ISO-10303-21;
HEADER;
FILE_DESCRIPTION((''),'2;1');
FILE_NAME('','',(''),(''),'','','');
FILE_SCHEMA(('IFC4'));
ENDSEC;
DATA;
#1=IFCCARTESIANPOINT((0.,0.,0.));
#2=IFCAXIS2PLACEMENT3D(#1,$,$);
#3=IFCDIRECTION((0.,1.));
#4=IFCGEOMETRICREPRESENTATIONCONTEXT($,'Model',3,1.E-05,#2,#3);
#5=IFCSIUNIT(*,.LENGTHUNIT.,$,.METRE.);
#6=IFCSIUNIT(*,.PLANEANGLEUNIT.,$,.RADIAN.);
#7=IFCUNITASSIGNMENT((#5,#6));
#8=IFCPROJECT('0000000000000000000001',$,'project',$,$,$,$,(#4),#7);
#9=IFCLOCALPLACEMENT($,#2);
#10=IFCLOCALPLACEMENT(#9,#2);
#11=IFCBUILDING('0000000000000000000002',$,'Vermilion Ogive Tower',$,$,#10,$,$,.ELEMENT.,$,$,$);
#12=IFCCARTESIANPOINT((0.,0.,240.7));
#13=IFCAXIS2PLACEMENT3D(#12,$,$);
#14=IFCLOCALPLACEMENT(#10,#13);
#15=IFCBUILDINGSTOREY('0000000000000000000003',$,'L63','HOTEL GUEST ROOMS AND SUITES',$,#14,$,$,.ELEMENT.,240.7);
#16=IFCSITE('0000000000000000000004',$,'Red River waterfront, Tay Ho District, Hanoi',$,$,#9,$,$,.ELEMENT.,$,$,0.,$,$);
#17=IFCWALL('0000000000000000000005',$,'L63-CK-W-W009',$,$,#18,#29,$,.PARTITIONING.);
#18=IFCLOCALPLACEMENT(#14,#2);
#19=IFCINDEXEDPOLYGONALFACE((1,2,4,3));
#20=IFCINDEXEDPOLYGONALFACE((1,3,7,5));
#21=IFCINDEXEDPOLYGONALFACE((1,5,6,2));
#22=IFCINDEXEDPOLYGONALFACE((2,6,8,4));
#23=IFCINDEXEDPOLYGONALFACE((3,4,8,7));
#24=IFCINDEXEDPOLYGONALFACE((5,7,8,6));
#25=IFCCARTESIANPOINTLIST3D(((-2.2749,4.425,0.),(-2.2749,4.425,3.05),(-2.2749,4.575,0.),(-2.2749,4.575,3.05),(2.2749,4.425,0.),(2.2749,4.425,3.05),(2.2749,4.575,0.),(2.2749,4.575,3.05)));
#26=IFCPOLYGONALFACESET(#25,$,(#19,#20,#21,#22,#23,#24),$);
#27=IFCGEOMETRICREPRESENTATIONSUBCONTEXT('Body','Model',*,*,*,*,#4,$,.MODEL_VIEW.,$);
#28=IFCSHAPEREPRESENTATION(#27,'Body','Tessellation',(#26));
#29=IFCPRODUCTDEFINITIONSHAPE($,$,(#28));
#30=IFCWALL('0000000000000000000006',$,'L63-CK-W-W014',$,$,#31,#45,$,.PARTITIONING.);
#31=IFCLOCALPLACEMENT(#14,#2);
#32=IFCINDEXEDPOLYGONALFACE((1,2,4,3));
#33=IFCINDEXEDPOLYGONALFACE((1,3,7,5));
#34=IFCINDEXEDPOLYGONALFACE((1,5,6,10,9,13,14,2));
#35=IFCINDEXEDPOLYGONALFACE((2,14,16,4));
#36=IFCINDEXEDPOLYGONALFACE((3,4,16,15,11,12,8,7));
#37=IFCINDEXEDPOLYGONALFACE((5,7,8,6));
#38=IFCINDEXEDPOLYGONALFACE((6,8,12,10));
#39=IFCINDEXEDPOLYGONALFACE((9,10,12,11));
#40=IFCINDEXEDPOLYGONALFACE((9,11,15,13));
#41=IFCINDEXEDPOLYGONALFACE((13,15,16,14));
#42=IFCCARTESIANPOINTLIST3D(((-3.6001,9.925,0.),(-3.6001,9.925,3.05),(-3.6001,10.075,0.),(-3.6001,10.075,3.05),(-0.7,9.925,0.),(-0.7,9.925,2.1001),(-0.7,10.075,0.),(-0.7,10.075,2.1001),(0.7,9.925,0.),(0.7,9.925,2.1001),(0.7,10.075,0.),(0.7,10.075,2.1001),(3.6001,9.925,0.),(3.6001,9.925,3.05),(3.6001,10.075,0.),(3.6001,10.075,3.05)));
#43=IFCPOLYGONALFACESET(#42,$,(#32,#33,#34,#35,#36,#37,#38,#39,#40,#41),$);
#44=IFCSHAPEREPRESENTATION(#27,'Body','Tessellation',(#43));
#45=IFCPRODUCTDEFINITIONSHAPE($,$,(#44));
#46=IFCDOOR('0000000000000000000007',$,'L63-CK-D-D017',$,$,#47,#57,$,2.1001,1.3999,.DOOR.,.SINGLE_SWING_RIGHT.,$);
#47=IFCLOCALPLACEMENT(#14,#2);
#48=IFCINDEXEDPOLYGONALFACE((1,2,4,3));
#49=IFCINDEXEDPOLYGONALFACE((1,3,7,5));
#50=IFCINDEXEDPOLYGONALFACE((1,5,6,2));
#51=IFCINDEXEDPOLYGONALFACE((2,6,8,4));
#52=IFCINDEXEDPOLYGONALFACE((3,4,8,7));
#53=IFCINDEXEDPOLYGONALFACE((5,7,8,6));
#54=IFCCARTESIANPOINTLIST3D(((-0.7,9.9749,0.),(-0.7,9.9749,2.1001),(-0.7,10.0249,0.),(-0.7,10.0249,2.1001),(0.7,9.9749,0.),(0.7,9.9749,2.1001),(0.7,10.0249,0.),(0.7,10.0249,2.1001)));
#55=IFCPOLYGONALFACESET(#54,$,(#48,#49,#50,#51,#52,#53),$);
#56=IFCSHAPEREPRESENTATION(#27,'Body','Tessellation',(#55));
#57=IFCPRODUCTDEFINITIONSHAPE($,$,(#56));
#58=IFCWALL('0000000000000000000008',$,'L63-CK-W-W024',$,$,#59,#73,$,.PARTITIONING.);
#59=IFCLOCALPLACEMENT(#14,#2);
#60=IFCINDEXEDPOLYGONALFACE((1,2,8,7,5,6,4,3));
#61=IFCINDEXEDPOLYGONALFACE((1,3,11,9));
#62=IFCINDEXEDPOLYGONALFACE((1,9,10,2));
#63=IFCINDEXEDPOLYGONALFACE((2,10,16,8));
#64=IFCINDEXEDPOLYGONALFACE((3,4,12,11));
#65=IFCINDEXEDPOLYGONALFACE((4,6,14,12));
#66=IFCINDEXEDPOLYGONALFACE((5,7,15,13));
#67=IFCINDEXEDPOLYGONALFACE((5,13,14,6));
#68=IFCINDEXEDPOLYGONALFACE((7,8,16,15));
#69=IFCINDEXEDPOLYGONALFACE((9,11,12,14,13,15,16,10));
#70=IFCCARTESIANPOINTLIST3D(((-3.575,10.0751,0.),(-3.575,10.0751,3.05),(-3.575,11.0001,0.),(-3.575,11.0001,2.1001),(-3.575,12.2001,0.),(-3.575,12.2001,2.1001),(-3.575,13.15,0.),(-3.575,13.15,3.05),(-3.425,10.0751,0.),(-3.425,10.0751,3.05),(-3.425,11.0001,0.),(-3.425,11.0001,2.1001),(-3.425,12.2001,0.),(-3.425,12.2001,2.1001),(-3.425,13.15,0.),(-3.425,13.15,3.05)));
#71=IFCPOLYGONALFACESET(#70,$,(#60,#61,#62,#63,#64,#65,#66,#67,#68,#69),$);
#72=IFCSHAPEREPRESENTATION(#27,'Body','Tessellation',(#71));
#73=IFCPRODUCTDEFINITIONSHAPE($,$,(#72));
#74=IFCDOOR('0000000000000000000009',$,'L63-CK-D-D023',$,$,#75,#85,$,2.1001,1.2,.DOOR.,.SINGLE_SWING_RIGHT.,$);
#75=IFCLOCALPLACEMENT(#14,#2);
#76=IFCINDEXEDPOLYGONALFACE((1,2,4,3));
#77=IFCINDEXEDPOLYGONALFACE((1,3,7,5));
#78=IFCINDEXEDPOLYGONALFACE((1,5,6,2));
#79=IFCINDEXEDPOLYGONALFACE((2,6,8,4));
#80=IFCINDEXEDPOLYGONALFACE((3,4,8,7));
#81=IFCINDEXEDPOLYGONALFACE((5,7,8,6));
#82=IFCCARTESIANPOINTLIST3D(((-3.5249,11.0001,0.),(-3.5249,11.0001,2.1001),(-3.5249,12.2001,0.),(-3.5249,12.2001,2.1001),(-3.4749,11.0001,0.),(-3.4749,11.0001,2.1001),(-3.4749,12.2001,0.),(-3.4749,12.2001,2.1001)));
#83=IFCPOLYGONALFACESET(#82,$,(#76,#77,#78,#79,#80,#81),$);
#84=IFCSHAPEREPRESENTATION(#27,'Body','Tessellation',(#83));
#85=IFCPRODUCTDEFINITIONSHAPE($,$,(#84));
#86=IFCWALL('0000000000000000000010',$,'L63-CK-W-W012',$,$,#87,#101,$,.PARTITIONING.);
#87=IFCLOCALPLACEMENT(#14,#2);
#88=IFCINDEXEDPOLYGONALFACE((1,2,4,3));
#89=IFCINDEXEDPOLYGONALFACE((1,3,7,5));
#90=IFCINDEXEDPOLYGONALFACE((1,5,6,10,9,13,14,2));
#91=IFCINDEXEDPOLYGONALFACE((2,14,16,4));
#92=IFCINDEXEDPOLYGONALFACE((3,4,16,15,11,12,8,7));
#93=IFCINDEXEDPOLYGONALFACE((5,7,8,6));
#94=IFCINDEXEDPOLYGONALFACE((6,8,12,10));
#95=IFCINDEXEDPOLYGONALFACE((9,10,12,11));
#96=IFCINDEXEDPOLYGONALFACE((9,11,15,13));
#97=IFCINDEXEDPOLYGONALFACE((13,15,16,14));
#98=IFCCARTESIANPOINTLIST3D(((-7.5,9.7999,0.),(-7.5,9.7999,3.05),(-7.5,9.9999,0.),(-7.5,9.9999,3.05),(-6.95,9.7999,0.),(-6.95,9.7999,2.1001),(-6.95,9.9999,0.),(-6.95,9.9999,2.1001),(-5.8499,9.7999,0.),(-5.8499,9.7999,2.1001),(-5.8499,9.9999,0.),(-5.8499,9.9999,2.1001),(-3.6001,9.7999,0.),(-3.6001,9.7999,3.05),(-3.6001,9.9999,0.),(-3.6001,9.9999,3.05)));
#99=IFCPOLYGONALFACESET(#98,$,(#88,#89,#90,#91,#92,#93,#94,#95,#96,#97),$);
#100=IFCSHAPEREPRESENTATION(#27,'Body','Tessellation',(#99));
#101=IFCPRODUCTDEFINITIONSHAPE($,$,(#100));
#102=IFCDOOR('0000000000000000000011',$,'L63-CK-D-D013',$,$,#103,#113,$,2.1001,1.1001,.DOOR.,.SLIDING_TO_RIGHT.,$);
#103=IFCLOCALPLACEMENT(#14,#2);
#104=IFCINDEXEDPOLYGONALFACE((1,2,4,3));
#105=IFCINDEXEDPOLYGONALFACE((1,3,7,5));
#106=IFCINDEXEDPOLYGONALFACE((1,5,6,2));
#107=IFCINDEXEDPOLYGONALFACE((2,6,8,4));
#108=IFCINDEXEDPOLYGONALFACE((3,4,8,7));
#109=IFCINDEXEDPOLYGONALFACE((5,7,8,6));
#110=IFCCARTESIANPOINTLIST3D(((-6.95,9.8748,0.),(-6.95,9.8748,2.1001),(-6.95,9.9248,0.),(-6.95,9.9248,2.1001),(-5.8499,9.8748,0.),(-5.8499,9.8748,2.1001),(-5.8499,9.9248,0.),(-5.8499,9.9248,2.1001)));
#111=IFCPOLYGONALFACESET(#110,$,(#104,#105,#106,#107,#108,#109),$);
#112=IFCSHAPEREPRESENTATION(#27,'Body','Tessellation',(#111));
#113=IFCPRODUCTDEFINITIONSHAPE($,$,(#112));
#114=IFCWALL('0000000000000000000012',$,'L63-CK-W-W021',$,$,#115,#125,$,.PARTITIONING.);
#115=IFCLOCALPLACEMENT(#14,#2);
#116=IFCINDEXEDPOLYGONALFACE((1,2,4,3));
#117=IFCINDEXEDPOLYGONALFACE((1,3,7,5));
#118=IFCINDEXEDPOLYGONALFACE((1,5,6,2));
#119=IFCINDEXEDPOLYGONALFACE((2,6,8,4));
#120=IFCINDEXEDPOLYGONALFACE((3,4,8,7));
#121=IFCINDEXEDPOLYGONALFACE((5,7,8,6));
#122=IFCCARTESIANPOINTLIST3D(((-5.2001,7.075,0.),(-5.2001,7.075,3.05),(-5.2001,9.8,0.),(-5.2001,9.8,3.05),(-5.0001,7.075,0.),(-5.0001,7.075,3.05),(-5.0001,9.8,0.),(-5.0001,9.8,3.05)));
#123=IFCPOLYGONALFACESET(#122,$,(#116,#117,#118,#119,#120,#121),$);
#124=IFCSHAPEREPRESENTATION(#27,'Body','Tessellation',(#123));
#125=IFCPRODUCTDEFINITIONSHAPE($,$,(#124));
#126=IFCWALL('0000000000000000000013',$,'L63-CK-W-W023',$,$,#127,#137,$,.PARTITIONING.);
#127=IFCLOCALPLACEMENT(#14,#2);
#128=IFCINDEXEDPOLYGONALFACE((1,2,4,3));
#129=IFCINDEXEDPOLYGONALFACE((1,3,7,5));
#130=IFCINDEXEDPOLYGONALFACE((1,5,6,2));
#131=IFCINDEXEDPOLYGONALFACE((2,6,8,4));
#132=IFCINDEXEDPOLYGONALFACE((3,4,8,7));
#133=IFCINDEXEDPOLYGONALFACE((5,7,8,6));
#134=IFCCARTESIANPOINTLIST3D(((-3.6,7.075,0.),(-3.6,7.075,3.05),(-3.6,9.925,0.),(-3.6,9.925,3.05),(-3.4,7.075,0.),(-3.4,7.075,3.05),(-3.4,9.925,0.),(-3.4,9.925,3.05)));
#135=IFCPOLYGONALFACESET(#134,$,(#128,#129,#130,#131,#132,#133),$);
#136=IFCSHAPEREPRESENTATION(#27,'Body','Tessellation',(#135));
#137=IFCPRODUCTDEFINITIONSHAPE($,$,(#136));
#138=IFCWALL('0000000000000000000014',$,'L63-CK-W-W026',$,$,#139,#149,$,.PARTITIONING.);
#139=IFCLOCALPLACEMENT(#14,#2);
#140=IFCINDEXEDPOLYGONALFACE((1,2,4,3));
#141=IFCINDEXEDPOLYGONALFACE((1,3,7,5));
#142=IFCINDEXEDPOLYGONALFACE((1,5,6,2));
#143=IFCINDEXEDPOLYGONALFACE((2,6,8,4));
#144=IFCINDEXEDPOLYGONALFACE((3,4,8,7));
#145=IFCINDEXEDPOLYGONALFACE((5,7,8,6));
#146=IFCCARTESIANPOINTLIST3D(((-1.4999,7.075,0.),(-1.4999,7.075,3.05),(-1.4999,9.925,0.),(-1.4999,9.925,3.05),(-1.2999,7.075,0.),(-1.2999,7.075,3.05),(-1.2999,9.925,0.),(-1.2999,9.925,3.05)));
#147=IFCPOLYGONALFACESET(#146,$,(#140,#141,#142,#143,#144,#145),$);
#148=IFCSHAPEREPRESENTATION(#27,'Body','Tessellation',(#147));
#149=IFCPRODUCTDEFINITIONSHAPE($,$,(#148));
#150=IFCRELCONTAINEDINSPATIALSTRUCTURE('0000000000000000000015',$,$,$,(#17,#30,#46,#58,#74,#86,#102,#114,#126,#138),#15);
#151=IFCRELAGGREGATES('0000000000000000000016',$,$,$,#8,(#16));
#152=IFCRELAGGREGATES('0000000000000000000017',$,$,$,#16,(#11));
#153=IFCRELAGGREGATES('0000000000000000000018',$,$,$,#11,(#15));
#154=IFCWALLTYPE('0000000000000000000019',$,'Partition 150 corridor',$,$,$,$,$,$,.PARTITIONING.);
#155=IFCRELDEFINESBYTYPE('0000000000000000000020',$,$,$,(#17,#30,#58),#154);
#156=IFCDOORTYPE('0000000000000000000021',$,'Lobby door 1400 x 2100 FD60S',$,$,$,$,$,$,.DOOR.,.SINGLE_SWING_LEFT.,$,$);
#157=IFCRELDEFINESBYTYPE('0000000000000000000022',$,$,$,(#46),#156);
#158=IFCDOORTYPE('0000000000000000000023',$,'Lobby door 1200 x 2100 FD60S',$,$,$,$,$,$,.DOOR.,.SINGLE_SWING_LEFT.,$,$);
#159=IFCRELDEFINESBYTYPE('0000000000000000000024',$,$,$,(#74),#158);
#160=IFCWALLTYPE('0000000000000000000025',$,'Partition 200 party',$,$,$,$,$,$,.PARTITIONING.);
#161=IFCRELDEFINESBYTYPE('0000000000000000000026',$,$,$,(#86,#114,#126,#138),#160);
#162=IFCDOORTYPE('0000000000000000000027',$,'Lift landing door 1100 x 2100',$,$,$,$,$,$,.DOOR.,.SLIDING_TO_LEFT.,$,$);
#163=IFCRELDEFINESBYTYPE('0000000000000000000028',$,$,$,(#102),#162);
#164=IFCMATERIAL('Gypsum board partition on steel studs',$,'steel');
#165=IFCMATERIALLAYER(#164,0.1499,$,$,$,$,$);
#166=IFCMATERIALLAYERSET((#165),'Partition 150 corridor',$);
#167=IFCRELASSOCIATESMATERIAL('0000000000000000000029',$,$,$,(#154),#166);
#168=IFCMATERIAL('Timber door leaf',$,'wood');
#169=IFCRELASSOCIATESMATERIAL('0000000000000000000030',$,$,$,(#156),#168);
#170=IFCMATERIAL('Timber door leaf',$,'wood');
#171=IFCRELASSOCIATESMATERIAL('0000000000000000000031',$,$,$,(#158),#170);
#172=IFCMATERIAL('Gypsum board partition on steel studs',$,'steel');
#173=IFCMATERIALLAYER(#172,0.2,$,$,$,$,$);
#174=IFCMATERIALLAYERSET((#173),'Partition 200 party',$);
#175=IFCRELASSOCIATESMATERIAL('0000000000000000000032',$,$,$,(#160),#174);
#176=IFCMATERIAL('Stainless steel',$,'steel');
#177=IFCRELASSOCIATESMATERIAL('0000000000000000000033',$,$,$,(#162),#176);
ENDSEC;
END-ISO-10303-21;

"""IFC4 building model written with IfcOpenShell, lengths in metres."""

from ifc_helpers import new_model, si_unit, direction, frame, frame_2d, origin, place, context, subcontext, project, spatial, rectangle, extrude, material, layer, layer_set, type_object, element, fill, save


model = new_model("IFC4")

# Units and contexts
model_context = context("Model", 3, precision=1e-05, world=origin(), true_north=direction((0.0, 1.0)))
body_context = subcontext(model_context, "Body", "Model", "MODEL_VIEW")
ifc_project = project(units=[si_unit("LENGTHUNIT", "METRE"), si_unit("PLANEANGLEUNIT", "RADIAN")], contexts=[model_context])

# Site, building, storey
site_placement = place(None, origin())
site = spatial("IfcSite", under=ifc_project, at=site_placement, Name="Red River waterfront, Tay Ho District, Hanoi", CompositionType="ELEMENT", RefElevation=0.0)
building_placement = place(site_placement, origin())
building = spatial("IfcBuilding", under=site, at=building_placement, Name="Vermilion Ogive Tower", CompositionType="ELEMENT")
storey_placement = place(building_placement, frame((0.0, 0.0, 240.7)))
storey = spatial("IfcBuildingStorey", under=building, at=storey_placement, Name="L63", Description="HOTEL GUEST ROOMS AND SUITES", CompositionType="ELEMENT", Elevation=240.7)

# Wall
ifc_material_1 = material(Name="Gypsum board partition on steel studs", Category="steel")
ifc_layer_1 = layer(ifc_material_1, 0.1499)
ifc_layer_set_1 = layer_set([ifc_layer_1], Name="Partition 150 corridor")
wall_type_1 = type_object("IfcWallType", Name="Partition 150 corridor", PredefinedType="PARTITIONING", material=ifc_layer_set_1)
wall_1_placement = place(storey_placement, frame((-2.2749, 4.5, 0.0), z_axis=(0.0, 0.0, 1.0), x_axis=(1.0, 0.0, 0.0)))
element("IfcWall", 1, at=wall_1_placement, inside=storey, type_object=wall_type_1, Name="L63-CK-W-W009", PredefinedType="PARTITIONING", context=body_context, shape_type="SweptSolid", body=[
    extrude(rectangle(XDim=4.5498, YDim=0.1499, at=frame_2d((2.2749, 0.0))), origin(), (0.0, 0.0, 1.0), 3.05),
])

# Walls, openings, doors
wall_2_placement = place(storey_placement, frame((-3.6001, 10.0, 0.0), z_axis=(0.0, 0.0, 1.0), x_axis=(1.0, 0.0, 0.0)))
wall_2 = element("IfcWall", 2, at=wall_2_placement, inside=storey, type_object=wall_type_1, Name="L63-CK-W-W014", PredefinedType="PARTITIONING", context=body_context, shape_type="SweptSolid", body=[
    extrude(rectangle(XDim=7.2002, YDim=0.1499, at=frame_2d((3.6001, 0.0))), origin(), (0.0, 0.0, 1.0), 3.05),
])
opening_1_placement = place(wall_2_placement, frame((2.9001, 0.0, 0.0)))
opening_1 = element("IfcOpeningElement", 3, at=opening_1_placement, cuts=wall_2, PredefinedType="OPENING", context=body_context, shape_type="SweptSolid", body=[
    extrude(rectangle(XDim=1.3999, YDim=2.1001, at=frame_2d((0.7, 1.05))), frame((0.0, 0.085, 0.0), z_axis=(0.0, -1.0, 0.0), x_axis=(1.0, 0.0, 0.0)), (0.0, 0.0, 1.0), 0.1699),
])
ifc_material_2 = material(Name="Timber door leaf", Category="wood")
door_type_1 = type_object("IfcDoorType", Name="Lobby door 1400 x 2100 FD60S", OperationType="SINGLE_SWING_LEFT", PredefinedType="DOOR", material=ifc_material_2)
door_1_placement = place(opening_1_placement, origin())
door_1 = element("IfcDoor", 4, at=door_1_placement, inside=storey, type_object=door_type_1, Name="L63-CK-D-D017", OperationType="SINGLE_SWING_RIGHT", OverallHeight=2.1001, OverallWidth=1.3999, PredefinedType="DOOR", context=body_context, shape_type="SweptSolid", body=[
    extrude(rectangle(XDim=1.3999, YDim=2.1001, at=frame_2d((0.7, 1.05))), frame((0.0, 0.0249, 0.0), z_axis=(0.0, -1.0, 0.0), x_axis=(1.0, 0.0, 0.0)), (0.0, 0.0, 1.0), 0.05),
])
fill(opening_1, door_1)
wall_3_placement = place(storey_placement, frame((-3.5, 10.075, 0.0), z_axis=(0.0, 0.0, 1.0), x_axis=(0.0, 1.0, 0.0)))
wall_3 = element("IfcWall", 5, at=wall_3_placement, inside=storey, type_object=wall_type_1, Name="L63-CK-W-W024", PredefinedType="PARTITIONING", context=body_context, shape_type="SweptSolid", body=[
    extrude(rectangle(XDim=3.075, YDim=0.1499, at=frame_2d((1.5376, 0.0))), origin(), (0.0, 0.0, 1.0), 3.05),
])
opening_2_placement = place(wall_3_placement, frame((0.925, 0.0, 0.0)))
opening_2 = element("IfcOpeningElement", 6, at=opening_2_placement, cuts=wall_3, PredefinedType="OPENING", context=body_context, shape_type="SweptSolid", body=[
    extrude(rectangle(XDim=1.2, YDim=2.1001, at=frame_2d((0.6001, 1.05))), frame((0.0, 0.085, 0.0), z_axis=(0.0, -1.0, 0.0), x_axis=(1.0, 0.0, 0.0)), (0.0, 0.0, 1.0), 0.1699),
])
ifc_material_3 = material(Name="Timber door leaf", Category="wood")
door_type_2 = type_object("IfcDoorType", Name="Lobby door 1200 x 2100 FD60S", OperationType="SINGLE_SWING_LEFT", PredefinedType="DOOR", material=ifc_material_3)
door_2_placement = place(opening_2_placement, origin())
door_2 = element("IfcDoor", 7, at=door_2_placement, inside=storey, type_object=door_type_2, Name="L63-CK-D-D023", OperationType="SINGLE_SWING_RIGHT", OverallHeight=2.1001, OverallWidth=1.2, PredefinedType="DOOR", context=body_context, shape_type="SweptSolid", body=[
    extrude(rectangle(XDim=1.2, YDim=2.1001, at=frame_2d((0.6001, 1.05))), frame((0.0, 0.0249, 0.0), z_axis=(0.0, -1.0, 0.0), x_axis=(1.0, 0.0, 0.0)), (0.0, 0.0, 1.0), 0.05),
])
fill(opening_2, door_2)
ifc_material_4 = material(Name="Gypsum board partition on steel studs", Category="steel")
ifc_layer_2 = layer(ifc_material_4, 0.2)
ifc_layer_set_2 = layer_set([ifc_layer_2], Name="Partition 200 party")
wall_type_2 = type_object("IfcWallType", Name="Partition 200 party", PredefinedType="PARTITIONING", material=ifc_layer_set_2)
wall_4_placement = place(storey_placement, frame((-7.5, 9.8999, 0.0), z_axis=(0.0, 0.0, 1.0), x_axis=(1.0, 0.0, 0.0)))
wall_4 = element("IfcWall", 8, at=wall_4_placement, inside=storey, type_object=wall_type_2, Name="L63-CK-W-W012", PredefinedType="PARTITIONING", context=body_context, shape_type="SweptSolid", body=[
    extrude(rectangle(XDim=3.8999, YDim=0.2, at=frame_2d((1.95, 0.0))), origin(), (0.0, 0.0, 1.0), 3.05),
])
opening_3_placement = place(wall_4_placement, frame((0.55, 0.0, 0.0)))
opening_3 = element("IfcOpeningElement", 9, at=opening_3_placement, cuts=wall_4, PredefinedType="OPENING", context=body_context, shape_type="SweptSolid", body=[
    extrude(rectangle(XDim=1.1001, YDim=2.1001, at=frame_2d((0.55, 1.05))), frame((0.0, 0.1099, 0.0), z_axis=(0.0, -1.0, 0.0), x_axis=(1.0, 0.0, 0.0)), (0.0, 0.0, 1.0), 0.22),
])
ifc_material_5 = material(Name="Stainless steel", Category="steel")
door_type_3 = type_object("IfcDoorType", Name="Lift landing door 1100 x 2100", OperationType="SLIDING_TO_LEFT", PredefinedType="DOOR", material=ifc_material_5)
door_3_placement = place(opening_3_placement, origin())
door_3 = element("IfcDoor", 10, at=door_3_placement, inside=storey, type_object=door_type_3, Name="L63-CK-D-D013", OperationType="SLIDING_TO_RIGHT", OverallHeight=2.1001, OverallWidth=1.1001, PredefinedType="DOOR", context=body_context, shape_type="SweptSolid", body=[
    extrude(rectangle(XDim=1.1001, YDim=2.1001, at=frame_2d((0.55, 1.05))), frame((0.0, 0.0249, 0.0), z_axis=(0.0, -1.0, 0.0), x_axis=(1.0, 0.0, 0.0)), (0.0, 0.0, 1.0), 0.05),
])
fill(opening_3, door_3)

# Walls
wall_5_placement = place(storey_placement, frame((-5.1001, 7.075, 0.0), z_axis=(0.0, 0.0, 1.0), x_axis=(0.0, 1.0, 0.0)))
element("IfcWall", 11, at=wall_5_placement, inside=storey, type_object=wall_type_2, Name="L63-CK-W-W021", PredefinedType="PARTITIONING", context=body_context, shape_type="SweptSolid", body=[
    extrude(rectangle(XDim=2.7251, YDim=0.2, at=frame_2d((1.3625, 0.0))), origin(), (0.0, 0.0, 1.0), 3.05),
])
for number, where, z_axis, x_axis, name in (
    (12, (-3.5, 7.075, 0.0), (0.0, 0.0, 1.0), (0.0, 1.0, 0.0), "L63-CK-W-W023"),
    (13, (-1.3999, 7.075, 0.0), (0.0, 0.0, 1.0), (0.0, 1.0, 0.0), "L63-CK-W-W026"),
):
    element("IfcWall", number, at=place(storey_placement, frame(where, z_axis=z_axis, x_axis=x_axis)), inside=storey, type_object=wall_type_2, Name=name, PredefinedType="PARTITIONING", context=body_context, shape_type="SweptSolid", body=[
        extrude(rectangle(XDim=2.8501, YDim=0.2, at=frame_2d((1.425, 0.0))), origin(), (0.0, 0.0, 1.0), 3.05),
    ])

save(model, "model.ifc")
